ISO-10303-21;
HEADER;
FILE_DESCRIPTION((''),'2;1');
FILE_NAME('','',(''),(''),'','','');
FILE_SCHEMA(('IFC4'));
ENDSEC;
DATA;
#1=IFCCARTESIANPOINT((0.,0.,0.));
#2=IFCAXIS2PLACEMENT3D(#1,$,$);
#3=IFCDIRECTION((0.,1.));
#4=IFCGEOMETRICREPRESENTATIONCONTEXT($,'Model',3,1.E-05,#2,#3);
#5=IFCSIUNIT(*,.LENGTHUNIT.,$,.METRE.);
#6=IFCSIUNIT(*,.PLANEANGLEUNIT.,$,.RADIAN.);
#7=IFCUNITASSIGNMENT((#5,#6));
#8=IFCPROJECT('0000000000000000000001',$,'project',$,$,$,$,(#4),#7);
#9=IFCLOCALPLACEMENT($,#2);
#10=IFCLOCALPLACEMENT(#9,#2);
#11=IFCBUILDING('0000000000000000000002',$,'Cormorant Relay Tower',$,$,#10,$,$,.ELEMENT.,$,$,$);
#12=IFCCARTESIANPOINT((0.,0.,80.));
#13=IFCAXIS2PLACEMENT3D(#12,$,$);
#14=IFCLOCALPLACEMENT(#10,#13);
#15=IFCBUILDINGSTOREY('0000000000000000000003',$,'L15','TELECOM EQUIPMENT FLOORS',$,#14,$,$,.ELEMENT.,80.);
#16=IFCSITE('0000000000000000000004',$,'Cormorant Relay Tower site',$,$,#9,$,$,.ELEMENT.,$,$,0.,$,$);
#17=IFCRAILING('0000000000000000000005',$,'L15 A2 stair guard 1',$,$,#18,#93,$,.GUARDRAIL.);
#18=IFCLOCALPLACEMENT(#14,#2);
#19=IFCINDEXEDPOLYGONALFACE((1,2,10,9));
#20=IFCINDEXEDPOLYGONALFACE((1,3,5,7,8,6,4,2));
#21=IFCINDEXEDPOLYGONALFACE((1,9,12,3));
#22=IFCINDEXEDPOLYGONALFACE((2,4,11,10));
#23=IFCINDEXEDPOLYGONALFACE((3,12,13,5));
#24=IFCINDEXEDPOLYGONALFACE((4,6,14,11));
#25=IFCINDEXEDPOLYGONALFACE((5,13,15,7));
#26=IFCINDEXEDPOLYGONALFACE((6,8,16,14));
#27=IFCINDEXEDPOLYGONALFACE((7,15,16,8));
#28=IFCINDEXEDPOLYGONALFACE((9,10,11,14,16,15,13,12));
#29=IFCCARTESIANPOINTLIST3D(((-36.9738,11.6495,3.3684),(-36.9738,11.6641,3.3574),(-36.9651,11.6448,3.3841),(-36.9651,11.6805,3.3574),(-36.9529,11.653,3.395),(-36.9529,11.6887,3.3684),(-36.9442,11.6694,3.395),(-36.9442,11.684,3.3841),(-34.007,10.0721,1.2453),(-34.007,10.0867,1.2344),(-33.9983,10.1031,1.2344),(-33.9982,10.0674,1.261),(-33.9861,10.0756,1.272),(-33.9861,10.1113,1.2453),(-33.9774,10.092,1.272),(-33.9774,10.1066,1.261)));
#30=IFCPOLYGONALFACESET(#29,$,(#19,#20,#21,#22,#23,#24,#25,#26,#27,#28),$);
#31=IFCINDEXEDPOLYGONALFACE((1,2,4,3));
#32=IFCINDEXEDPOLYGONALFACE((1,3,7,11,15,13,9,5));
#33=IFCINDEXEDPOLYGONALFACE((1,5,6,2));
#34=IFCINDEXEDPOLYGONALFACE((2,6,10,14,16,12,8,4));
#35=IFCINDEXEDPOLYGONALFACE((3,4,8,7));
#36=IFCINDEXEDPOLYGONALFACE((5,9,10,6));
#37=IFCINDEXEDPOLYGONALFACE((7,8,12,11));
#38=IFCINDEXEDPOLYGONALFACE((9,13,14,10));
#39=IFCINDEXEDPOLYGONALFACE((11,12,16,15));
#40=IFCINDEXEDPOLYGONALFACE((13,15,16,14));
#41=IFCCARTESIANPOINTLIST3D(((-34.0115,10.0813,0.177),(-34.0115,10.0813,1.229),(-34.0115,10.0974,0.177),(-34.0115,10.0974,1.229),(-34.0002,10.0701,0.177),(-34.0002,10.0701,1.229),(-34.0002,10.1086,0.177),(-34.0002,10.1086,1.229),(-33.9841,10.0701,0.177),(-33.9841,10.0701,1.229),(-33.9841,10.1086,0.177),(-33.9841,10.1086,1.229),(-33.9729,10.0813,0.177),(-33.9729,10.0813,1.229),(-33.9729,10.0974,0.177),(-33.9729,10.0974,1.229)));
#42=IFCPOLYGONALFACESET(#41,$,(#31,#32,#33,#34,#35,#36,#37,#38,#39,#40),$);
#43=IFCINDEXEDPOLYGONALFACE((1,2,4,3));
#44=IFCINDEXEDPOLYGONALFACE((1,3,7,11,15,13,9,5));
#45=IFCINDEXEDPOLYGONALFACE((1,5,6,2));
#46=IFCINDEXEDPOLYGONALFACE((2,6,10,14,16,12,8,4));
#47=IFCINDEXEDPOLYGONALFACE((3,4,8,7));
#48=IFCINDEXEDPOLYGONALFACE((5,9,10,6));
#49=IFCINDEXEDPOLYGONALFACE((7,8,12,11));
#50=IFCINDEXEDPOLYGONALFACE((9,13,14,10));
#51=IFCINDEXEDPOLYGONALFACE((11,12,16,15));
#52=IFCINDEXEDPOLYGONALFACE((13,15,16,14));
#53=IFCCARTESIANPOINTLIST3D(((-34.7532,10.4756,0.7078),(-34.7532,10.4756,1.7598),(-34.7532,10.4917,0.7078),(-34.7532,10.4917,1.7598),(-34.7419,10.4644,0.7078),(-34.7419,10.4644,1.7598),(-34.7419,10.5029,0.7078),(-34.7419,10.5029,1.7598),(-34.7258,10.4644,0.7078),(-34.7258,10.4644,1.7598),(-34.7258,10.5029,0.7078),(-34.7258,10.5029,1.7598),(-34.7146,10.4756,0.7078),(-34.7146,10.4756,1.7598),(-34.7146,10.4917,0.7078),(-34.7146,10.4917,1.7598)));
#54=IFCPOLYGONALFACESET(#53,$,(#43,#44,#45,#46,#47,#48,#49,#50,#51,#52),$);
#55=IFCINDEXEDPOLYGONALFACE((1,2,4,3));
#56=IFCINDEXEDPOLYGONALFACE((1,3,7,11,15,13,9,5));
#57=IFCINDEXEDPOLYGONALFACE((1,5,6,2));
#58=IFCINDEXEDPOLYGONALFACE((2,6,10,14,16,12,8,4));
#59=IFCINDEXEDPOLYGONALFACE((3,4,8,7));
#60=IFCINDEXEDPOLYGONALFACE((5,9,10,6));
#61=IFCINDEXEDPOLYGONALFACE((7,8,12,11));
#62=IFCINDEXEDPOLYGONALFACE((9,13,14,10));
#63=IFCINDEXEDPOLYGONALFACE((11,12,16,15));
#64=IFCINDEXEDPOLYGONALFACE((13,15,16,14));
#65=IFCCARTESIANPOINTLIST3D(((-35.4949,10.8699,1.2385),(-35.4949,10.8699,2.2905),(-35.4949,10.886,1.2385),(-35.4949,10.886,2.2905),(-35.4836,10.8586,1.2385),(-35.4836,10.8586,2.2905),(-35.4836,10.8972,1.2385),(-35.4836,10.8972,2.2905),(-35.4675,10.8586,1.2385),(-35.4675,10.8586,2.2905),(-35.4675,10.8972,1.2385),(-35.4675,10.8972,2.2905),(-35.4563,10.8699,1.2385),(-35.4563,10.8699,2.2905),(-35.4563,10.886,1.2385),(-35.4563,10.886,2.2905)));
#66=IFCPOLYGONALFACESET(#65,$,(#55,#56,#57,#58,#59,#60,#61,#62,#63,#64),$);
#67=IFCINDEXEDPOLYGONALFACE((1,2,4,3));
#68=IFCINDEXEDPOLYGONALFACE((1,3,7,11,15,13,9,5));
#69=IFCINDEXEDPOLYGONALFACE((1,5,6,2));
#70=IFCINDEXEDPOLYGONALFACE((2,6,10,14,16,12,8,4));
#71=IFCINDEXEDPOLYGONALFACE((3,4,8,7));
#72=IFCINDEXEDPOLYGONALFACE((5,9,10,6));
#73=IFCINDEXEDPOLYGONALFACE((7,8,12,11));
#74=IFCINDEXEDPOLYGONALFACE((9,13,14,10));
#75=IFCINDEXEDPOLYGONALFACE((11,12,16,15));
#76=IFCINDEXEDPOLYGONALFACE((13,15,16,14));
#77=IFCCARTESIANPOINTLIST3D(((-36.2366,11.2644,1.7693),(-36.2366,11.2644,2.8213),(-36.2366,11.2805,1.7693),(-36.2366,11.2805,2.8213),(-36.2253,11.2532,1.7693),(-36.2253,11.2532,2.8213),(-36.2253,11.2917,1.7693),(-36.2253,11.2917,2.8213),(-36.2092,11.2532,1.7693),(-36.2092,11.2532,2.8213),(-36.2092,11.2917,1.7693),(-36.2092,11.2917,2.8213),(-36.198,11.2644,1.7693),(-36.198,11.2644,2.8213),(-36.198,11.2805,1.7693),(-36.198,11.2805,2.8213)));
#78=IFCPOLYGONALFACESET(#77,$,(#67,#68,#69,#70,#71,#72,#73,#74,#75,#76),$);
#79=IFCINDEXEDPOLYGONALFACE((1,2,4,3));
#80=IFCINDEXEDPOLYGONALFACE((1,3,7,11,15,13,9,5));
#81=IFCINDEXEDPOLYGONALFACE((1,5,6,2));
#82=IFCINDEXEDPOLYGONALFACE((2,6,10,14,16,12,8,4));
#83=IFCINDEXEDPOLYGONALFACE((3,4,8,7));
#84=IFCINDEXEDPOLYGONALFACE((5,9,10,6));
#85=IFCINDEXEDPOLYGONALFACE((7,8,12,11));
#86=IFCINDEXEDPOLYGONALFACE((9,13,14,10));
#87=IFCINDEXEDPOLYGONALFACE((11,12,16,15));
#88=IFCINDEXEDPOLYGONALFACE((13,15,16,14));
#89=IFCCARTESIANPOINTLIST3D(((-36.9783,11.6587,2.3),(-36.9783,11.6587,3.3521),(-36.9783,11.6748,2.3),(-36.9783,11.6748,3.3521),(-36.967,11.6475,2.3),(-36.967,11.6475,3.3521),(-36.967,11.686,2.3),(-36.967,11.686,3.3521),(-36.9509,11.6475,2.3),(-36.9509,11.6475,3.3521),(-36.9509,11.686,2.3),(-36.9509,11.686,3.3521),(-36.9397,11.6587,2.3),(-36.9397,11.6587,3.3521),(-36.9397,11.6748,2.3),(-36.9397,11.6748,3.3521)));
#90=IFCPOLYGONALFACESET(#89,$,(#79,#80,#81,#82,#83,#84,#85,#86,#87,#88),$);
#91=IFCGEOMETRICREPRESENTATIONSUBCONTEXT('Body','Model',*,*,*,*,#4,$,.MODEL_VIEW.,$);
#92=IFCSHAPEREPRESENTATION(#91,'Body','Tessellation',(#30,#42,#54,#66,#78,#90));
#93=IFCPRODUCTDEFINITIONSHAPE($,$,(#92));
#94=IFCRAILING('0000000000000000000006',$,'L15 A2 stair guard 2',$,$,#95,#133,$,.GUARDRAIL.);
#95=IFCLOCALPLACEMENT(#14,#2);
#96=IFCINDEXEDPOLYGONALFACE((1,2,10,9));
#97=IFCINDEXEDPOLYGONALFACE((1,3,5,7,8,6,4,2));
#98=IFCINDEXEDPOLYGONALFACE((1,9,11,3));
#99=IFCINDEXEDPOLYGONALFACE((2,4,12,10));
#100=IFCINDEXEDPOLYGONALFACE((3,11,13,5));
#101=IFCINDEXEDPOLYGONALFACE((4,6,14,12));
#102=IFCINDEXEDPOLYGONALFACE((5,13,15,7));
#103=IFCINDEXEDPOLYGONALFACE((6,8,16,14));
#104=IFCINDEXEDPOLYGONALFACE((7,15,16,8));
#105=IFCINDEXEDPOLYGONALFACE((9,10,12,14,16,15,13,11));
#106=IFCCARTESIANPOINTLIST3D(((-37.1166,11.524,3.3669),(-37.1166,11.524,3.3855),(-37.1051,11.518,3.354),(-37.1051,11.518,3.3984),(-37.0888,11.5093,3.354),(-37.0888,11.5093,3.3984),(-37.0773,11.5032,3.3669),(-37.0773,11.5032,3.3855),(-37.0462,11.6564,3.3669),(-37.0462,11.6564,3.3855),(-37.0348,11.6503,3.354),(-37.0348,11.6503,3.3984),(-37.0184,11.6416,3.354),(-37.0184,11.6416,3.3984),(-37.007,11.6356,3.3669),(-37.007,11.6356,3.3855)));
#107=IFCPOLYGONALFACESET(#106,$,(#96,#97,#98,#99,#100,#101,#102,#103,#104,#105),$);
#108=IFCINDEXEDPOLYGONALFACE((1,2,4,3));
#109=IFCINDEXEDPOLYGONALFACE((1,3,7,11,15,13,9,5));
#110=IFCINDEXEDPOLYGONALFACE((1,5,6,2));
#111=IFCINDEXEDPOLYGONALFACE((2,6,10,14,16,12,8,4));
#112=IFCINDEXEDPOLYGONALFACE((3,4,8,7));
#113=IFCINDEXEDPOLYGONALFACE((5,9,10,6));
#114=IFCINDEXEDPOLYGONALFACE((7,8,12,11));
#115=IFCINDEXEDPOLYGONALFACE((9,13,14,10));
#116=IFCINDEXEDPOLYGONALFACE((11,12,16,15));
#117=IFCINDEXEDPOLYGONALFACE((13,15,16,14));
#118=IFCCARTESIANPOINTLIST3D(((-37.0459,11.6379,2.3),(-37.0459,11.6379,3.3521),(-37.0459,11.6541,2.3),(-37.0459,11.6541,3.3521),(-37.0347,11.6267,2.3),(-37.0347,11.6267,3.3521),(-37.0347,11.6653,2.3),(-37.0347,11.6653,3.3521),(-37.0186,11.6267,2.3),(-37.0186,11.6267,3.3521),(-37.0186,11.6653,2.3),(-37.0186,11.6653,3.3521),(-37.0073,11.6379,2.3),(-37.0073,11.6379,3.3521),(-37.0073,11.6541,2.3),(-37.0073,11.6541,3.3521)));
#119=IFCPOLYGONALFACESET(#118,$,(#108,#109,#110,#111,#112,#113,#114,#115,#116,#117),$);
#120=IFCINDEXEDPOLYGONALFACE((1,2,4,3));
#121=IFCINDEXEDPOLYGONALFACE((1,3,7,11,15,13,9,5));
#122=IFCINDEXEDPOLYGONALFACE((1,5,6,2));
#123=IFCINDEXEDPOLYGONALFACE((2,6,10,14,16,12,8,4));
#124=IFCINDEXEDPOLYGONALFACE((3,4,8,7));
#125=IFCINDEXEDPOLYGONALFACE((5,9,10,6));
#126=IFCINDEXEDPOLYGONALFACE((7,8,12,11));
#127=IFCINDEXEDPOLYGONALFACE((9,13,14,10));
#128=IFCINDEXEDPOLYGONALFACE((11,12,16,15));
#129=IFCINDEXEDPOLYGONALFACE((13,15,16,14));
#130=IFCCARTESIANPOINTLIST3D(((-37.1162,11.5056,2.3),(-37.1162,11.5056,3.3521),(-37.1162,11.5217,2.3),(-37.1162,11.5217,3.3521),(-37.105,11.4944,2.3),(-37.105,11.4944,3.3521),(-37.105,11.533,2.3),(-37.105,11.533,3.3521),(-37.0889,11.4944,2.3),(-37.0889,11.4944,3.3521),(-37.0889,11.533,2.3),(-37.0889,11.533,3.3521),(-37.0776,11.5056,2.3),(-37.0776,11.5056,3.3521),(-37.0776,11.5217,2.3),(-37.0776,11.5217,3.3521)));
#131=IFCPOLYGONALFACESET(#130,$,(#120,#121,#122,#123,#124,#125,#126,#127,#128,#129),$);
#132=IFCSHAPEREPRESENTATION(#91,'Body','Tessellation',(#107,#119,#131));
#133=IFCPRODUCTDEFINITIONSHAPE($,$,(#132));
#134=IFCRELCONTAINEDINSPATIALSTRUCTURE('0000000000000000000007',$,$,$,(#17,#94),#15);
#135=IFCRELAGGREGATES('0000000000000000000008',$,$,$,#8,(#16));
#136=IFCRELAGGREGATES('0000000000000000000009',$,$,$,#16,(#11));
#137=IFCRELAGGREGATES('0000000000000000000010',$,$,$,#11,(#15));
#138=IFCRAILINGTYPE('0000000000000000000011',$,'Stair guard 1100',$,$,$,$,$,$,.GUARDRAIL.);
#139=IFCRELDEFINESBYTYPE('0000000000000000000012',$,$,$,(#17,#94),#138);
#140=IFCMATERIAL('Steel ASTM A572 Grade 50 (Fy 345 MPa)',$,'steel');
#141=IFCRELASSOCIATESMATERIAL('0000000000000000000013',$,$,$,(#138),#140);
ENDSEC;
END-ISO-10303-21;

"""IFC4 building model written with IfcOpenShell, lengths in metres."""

from ifc_helpers import new_model, si_unit, direction, frame, origin, place, context, subcontext, project, spatial, polyline, outline, extrude, material, type_object, element, save


model = new_model("IFC4")

# Units and contexts
model_context = context("Model", 3, precision=1e-05, world=origin(), true_north=direction((0.0, 1.0)))
body_context = subcontext(model_context, "Body", "Model", "MODEL_VIEW")
ifc_project = project(units=[si_unit("LENGTHUNIT", "METRE"), si_unit("PLANEANGLEUNIT", "RADIAN")], contexts=[model_context])

# Site, building, storey
site_placement = place(None, origin())
site = spatial("IfcSite", under=ifc_project, at=site_placement, Name="Cormorant Relay Tower site", CompositionType="ELEMENT", RefElevation=0.0)
building_placement = place(site_placement, origin())
building = spatial("IfcBuilding", under=site, at=building_placement, Name="Cormorant Relay Tower", CompositionType="ELEMENT")
storey_placement = place(building_placement, frame((0.0, 0.0, 80.0)))
storey = spatial("IfcBuildingStorey", under=building, at=storey_placement, Name="L15", Description="TELECOM EQUIPMENT FLOORS", CompositionType="ELEMENT", Elevation=80.0)

# Railings
ifc_material_1 = material(Name="Steel ASTM A572 Grade 50 (Fy 345 MPa)", Category="steel")
railing_type_1 = type_object("IfcRailingType", Name="Stair guard 1100", PredefinedType="GUARDRAIL", material=ifc_material_1)
railing_1_placement = place(storey_placement, frame((-33.9922, 10.0894, 0.177)))
element("IfcRailing", 1, at=railing_1_placement, inside=storey, type_object=railing_type_1, Name="L15 A2 stair guard 1", PredefinedType="GUARDRAIL", context=body_context, shape_type="SweptSolid", body=[
    extrude(outline(polyline([(0.0222, 0.0093), (0.0093, 0.0222), (-0.0093, 0.0222), (-0.0222, 0.0093), (-0.0222, -0.0093), (-0.0093, -0.0222), (0.0093, -0.0222), (0.0222, -0.0093), (0.0222, 0.0093)])), frame((0.0, 0.0, 1.0762), z_axis=(-0.746441, 0.396869, 0.534155), x_axis=(-0.469453, -0.882958, 0.0)), (0.0, 0.0, 1.0), 3.9746),
    extrude(outline(polyline([(0.0193, 0.0081), (0.0081, 0.0193), (-0.0081, 0.0193), (-0.0193, 0.0081), (-0.0193, -0.0081), (-0.0081, -0.0193), (0.0081, -0.0193), (0.0193, -0.0081), (0.0193, 0.0081)])), origin(), (0.0, 0.0, 1.0), 1.052),
    extrude(outline(polyline([(0.0193, 0.0081), (0.0081, 0.0193), (-0.0081, 0.0193), (-0.0193, 0.0081), (-0.0193, -0.0081), (-0.0081, -0.0193), (0.0081, -0.0193), (0.0193, -0.0081), (0.0193, 0.0081)])), frame((-0.7417, 0.3943, 0.5308)), (0.0, 0.0, 1.0), 1.052),
    extrude(outline(polyline([(0.0193, 0.0081), (0.0081, 0.0193), (-0.0081, 0.0193), (-0.0193, 0.0081), (-0.0193, -0.0081), (-0.0081, -0.0193), (0.0081, -0.0193), (0.0193, -0.0081), (0.0193, 0.0081)])), frame((-1.4834, 0.7886, 1.0615)), (0.0, 0.0, 1.0), 1.052),
    extrude(outline(polyline([(0.0193, 0.0081), (0.0081, 0.0193), (-0.0081, 0.0193), (-0.0193, 0.0081), (-0.0193, -0.0081), (-0.0081, -0.0193), (0.0081, -0.0193), (0.0193, -0.0081), (0.0193, 0.0081)])), frame((-2.2251, 1.1831, 1.5923)), (0.0, 0.0, 1.0), 1.052),
    extrude(outline(polyline([(0.0193, 0.0081), (0.0081, 0.0193), (-0.0081, 0.0193), (-0.0193, 0.0081), (-0.0193, -0.0081), (-0.0081, -0.0193), (0.0081, -0.0193), (0.0193, -0.0081), (0.0193, 0.0081)])), frame((-2.9668, 1.5774, 2.123)), (0.0, 0.0, 1.0), 1.052),
])
railing_2_placement = place(storey_placement, frame((-37.0266, 11.646, 2.3)))
element("IfcRailing", 2, at=railing_2_placement, inside=storey, type_object=railing_type_1, Name="L15 A2 stair guard 2", PredefinedType="GUARDRAIL", context=body_context, shape_type="SweptSolid", body=[
    extrude(outline(polyline([(0.0222, 0.0093), (0.0093, 0.0222), (-0.0093, 0.0222), (-0.0222, 0.0093), (-0.0222, -0.0093), (-0.0093, -0.0222), (0.0093, -0.0222), (0.0222, -0.0093), (0.0222, 0.0093)])), frame((0.0, 0.0, 1.0762), z_axis=(-0.469235, -0.883074, 0.0), x_axis=(0.883074, -0.469235, 0.0)), (0.0, 0.0, 1.0), 0.1499),
    extrude(outline(polyline([(0.0193, 0.0081), (0.0081, 0.0193), (-0.0081, 0.0193), (-0.0193, 0.0081), (-0.0193, -0.0081), (-0.0081, -0.0193), (0.0081, -0.0193), (0.0193, -0.0081), (0.0193, 0.0081)])), origin(), (0.0, 0.0, 1.0), 1.052),
    extrude(outline(polyline([(0.0193, 0.0081), (0.0081, 0.0193), (-0.0081, 0.0193), (-0.0193, 0.0081), (-0.0193, -0.0081), (-0.0081, -0.0193), (0.0081, -0.0193), (0.0193, -0.0081), (0.0193, 0.0081)])), frame((-0.0703, -0.1323, 0.0)), (0.0, 0.0, 1.0), 1.052),
])

save(model, "model.ifc")
